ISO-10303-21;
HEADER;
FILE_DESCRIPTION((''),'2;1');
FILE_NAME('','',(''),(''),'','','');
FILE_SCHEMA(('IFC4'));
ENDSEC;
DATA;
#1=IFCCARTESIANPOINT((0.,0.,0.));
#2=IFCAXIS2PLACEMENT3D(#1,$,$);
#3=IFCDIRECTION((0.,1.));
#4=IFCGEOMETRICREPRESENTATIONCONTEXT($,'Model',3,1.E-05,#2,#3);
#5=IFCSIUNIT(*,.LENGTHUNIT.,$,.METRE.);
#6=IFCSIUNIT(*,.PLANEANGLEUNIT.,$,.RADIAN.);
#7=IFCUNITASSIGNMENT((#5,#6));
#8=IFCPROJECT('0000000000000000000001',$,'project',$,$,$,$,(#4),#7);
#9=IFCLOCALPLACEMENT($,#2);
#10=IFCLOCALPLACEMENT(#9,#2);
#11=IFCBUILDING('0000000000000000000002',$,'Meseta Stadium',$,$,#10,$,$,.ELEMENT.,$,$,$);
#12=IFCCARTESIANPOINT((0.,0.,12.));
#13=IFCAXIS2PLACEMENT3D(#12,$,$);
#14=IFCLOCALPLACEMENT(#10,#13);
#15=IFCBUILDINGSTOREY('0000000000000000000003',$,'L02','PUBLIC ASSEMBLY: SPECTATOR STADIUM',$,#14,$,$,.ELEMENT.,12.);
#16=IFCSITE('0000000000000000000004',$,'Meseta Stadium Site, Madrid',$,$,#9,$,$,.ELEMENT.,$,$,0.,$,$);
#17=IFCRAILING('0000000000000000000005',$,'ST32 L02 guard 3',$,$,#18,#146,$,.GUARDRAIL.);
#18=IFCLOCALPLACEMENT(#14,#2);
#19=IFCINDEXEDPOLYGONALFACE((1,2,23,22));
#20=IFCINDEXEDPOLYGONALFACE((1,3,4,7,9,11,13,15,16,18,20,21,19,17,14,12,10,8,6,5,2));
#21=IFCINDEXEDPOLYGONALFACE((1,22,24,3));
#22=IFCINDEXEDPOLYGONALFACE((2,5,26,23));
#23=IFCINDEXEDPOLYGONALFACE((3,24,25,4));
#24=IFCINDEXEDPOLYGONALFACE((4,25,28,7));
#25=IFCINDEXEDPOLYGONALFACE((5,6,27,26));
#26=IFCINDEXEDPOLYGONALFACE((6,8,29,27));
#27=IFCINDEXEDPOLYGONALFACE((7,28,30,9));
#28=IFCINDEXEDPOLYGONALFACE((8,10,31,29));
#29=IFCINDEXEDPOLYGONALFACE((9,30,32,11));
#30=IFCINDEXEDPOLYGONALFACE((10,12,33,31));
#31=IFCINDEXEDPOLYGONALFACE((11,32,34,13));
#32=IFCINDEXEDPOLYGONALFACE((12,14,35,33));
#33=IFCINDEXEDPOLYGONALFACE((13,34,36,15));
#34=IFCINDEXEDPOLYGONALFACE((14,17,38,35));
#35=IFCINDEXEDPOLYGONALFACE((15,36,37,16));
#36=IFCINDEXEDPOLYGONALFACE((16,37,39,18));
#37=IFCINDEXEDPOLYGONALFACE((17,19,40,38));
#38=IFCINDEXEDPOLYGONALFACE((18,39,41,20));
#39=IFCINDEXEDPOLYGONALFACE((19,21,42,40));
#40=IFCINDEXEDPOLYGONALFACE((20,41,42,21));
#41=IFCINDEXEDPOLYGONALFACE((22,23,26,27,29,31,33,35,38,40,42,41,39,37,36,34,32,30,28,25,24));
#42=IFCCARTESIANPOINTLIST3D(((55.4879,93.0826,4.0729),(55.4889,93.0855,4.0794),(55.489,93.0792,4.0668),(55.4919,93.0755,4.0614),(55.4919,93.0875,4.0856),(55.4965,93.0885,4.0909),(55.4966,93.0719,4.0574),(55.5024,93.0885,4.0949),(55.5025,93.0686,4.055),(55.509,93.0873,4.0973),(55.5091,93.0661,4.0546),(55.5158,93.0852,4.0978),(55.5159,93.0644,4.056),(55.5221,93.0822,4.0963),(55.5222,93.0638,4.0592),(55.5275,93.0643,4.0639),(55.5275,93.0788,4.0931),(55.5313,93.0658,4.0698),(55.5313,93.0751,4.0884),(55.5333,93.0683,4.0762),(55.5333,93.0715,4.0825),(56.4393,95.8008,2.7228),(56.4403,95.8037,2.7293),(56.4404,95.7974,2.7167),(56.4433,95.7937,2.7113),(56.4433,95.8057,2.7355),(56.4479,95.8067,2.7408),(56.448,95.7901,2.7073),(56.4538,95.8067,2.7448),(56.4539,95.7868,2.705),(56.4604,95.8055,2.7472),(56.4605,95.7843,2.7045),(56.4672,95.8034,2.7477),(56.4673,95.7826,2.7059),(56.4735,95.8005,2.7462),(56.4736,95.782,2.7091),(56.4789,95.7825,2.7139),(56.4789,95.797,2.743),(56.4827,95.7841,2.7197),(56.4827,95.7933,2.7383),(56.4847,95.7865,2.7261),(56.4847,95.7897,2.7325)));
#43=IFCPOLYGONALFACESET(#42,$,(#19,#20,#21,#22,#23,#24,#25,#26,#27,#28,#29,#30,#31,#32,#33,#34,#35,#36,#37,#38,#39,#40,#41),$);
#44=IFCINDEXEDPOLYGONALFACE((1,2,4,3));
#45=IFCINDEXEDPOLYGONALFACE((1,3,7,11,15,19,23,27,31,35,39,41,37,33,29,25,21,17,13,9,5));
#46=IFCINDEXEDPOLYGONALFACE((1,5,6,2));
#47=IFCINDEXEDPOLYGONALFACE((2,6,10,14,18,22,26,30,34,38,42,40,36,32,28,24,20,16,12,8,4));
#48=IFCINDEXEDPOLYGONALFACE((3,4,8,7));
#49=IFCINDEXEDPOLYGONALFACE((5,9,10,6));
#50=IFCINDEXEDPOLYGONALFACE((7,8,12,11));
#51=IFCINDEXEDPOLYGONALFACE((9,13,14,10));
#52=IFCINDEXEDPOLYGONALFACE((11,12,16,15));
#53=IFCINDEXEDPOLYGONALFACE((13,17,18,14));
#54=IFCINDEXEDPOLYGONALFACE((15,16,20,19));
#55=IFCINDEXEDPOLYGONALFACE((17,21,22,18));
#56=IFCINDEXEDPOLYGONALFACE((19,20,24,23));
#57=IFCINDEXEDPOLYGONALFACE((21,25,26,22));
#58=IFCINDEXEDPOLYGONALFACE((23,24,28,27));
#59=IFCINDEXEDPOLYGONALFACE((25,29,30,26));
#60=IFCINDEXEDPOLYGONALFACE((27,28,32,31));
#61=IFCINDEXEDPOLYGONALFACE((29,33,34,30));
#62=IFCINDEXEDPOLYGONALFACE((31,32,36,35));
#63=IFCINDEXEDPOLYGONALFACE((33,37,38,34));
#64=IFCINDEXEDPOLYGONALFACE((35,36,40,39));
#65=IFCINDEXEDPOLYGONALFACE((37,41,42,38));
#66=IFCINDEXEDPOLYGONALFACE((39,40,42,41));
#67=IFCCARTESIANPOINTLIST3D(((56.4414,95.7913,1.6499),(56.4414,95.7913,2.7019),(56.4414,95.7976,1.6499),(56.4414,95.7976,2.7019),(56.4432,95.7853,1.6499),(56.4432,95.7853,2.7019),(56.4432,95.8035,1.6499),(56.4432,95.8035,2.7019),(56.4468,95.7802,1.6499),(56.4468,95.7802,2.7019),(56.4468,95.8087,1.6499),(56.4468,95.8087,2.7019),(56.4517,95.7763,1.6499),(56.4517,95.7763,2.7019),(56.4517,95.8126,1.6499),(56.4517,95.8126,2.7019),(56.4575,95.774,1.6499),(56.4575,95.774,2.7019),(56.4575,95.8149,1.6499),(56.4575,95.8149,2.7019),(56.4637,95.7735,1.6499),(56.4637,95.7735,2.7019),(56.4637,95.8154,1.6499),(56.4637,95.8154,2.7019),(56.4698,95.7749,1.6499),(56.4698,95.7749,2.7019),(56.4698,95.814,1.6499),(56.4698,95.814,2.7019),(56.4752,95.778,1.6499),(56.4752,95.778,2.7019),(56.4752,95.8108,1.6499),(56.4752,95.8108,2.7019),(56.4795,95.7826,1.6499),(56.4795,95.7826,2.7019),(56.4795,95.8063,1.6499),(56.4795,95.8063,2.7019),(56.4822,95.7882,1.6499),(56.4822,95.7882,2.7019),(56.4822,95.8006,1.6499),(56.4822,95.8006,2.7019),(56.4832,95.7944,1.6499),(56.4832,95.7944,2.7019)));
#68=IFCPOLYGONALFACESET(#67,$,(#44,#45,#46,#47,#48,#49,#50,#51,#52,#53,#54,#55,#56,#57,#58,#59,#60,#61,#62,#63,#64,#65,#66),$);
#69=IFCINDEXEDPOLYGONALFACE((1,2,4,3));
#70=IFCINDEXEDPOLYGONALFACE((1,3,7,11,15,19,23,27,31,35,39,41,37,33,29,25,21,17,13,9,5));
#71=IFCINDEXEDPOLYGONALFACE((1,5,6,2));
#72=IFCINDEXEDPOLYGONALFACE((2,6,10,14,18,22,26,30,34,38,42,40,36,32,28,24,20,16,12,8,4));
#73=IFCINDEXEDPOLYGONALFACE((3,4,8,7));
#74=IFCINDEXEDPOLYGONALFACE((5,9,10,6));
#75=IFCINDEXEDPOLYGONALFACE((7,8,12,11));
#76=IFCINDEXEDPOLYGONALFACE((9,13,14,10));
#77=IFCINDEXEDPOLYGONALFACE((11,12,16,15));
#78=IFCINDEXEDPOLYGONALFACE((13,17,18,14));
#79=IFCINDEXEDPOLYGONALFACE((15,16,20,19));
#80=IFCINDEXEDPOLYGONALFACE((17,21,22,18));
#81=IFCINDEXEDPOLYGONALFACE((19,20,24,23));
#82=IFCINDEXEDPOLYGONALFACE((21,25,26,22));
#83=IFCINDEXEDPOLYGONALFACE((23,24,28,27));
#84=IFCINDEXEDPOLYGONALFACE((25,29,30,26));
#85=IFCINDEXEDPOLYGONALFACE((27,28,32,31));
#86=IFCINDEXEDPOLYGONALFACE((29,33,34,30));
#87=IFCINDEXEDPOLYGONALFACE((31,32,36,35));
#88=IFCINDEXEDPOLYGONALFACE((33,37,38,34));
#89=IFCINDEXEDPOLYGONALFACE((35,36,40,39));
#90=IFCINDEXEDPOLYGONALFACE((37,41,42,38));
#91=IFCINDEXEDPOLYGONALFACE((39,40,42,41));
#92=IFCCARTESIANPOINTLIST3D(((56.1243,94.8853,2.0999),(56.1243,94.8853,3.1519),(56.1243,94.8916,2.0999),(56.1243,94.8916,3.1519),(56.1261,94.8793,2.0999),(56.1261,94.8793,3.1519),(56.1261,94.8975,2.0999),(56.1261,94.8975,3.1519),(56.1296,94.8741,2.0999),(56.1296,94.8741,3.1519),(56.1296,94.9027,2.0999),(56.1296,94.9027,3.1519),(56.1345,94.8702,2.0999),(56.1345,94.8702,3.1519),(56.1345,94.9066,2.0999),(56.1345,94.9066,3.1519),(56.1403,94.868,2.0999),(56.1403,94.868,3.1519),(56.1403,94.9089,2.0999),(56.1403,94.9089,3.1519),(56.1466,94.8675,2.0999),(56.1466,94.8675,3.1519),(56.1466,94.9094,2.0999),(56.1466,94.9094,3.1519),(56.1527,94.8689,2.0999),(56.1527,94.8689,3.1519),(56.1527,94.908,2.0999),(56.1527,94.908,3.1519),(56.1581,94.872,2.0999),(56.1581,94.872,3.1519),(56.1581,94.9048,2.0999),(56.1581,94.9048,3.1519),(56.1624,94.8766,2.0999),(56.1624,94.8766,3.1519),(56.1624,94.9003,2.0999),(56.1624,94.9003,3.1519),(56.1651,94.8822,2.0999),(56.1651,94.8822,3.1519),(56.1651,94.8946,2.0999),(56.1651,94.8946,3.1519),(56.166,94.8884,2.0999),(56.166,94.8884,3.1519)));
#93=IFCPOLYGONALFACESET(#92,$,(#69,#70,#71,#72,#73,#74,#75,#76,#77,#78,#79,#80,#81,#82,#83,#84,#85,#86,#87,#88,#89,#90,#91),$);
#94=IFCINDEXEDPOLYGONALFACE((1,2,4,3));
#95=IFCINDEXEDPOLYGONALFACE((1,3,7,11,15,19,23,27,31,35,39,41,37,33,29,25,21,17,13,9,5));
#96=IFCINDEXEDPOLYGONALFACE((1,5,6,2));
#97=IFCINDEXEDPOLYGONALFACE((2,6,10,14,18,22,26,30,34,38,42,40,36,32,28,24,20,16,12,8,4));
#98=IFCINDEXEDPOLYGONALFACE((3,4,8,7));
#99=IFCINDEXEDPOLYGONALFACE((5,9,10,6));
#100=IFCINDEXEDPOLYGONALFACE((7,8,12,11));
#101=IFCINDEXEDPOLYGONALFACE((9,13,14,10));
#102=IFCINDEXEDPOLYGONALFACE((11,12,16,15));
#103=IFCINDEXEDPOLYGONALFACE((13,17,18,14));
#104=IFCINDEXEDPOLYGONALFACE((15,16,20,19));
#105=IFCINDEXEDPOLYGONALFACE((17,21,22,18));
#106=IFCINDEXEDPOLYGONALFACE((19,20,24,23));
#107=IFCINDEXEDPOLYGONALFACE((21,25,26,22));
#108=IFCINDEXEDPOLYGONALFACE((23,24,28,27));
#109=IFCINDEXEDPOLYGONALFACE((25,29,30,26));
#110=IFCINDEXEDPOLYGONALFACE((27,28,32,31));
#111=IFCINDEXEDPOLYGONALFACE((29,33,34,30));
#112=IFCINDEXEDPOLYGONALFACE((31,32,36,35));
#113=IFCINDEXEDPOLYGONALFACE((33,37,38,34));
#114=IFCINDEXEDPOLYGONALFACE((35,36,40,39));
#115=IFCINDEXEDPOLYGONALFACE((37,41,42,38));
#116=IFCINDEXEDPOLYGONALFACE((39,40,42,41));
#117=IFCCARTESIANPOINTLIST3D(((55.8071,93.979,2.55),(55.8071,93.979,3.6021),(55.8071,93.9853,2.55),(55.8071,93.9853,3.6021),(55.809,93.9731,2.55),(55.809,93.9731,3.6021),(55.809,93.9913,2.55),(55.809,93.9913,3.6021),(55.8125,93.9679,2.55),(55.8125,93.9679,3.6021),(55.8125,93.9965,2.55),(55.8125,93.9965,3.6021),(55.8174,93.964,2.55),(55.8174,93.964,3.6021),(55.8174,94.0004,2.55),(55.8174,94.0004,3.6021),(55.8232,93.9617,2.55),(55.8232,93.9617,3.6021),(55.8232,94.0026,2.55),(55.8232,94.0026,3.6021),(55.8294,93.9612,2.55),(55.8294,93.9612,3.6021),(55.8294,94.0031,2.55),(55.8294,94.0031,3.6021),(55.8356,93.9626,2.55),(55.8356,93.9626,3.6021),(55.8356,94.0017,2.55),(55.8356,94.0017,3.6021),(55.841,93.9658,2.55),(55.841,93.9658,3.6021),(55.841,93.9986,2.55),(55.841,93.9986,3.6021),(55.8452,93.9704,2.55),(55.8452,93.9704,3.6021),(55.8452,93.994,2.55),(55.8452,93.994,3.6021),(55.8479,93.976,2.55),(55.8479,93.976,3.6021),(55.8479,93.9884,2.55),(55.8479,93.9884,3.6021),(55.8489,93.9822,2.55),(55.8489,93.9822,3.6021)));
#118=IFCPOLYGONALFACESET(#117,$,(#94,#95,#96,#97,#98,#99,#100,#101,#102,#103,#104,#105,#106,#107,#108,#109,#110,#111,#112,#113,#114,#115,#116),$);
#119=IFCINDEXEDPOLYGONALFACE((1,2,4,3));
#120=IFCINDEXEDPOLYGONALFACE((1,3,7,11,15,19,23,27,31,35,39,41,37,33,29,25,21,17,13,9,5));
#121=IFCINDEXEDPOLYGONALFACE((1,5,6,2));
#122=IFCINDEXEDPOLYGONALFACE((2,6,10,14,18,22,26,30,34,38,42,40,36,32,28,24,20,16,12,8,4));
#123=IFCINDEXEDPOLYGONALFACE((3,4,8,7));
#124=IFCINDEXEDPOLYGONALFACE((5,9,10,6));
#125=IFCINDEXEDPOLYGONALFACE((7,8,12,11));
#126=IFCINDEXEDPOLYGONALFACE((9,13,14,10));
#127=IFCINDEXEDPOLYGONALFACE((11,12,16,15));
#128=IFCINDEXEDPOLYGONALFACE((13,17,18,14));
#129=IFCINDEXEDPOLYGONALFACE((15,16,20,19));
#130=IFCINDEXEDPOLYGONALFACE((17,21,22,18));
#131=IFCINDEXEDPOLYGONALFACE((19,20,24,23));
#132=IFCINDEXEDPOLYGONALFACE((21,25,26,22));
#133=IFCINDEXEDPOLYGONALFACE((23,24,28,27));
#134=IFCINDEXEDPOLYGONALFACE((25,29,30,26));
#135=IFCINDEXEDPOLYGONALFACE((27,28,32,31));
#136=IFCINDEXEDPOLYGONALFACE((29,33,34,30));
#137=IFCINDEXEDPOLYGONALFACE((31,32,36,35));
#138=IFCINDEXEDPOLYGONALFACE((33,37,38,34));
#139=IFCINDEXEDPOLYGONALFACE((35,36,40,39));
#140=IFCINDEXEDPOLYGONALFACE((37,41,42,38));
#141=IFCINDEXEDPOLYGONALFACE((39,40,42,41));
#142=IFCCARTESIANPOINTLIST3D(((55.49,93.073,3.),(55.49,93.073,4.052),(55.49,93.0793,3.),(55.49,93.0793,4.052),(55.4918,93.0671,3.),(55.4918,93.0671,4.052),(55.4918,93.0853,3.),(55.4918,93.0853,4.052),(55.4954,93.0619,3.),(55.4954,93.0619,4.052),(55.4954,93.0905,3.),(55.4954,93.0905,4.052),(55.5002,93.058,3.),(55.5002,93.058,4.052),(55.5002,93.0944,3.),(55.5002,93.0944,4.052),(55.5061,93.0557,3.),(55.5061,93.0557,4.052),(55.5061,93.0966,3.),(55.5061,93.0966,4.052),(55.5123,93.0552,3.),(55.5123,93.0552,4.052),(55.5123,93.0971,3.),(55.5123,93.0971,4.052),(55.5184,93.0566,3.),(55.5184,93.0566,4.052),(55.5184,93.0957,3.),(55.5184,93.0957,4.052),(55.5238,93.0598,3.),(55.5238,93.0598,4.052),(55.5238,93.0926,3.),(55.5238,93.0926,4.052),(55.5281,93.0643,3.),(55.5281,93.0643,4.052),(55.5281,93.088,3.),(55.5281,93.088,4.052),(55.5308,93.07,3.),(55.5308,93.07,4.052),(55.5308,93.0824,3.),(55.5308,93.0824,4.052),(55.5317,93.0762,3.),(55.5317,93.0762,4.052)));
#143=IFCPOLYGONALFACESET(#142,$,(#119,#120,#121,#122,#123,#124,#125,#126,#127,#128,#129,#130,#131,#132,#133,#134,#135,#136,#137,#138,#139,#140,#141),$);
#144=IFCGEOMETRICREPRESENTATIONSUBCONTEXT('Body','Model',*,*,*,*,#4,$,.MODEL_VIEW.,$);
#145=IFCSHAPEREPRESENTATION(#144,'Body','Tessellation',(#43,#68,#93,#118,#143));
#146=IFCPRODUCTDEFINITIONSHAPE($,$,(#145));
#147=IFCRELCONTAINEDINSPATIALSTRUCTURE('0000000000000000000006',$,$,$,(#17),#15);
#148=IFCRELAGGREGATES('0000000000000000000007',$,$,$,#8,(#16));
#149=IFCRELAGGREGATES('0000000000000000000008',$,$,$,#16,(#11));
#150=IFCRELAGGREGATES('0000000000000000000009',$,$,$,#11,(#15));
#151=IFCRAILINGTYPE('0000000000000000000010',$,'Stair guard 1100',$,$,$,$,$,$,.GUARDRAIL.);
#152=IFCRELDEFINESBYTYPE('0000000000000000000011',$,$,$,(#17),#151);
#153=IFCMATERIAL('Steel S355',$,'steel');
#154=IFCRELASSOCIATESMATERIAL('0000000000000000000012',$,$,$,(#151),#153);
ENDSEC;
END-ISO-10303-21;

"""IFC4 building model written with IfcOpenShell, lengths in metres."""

from ifc_helpers import new_model, si_unit, direction, frame, origin, origin_2d, place, context, subcontext, project, spatial, circle, extrude, material, type_object, element, save


model = new_model("IFC4")

# Units and contexts
model_context = context("Model", 3, precision=1e-05, world=origin(), true_north=direction((0.0, 1.0)))
body_context = subcontext(model_context, "Body", "Model", "MODEL_VIEW")
ifc_project = project(units=[si_unit("LENGTHUNIT", "METRE"), si_unit("PLANEANGLEUNIT", "RADIAN")], contexts=[model_context])

# Site, building, storey
site_placement = place(None, origin())
site = spatial("IfcSite", under=ifc_project, at=site_placement, Name="Meseta Stadium Site, Madrid", CompositionType="ELEMENT", RefElevation=0.0)
building_placement = place(site_placement, origin())
building = spatial("IfcBuilding", under=site, at=building_placement, Name="Meseta Stadium", CompositionType="ELEMENT")
storey_placement = place(building_placement, frame((0.0, 0.0, 12.0)))
storey = spatial("IfcBuildingStorey", under=building, at=storey_placement, Name="L02", Description="PUBLIC ASSEMBLY: SPECTATOR STADIUM", CompositionType="ELEMENT", Elevation=12.0)

# Railing
ifc_material_1 = material(Name="Steel S355", Category="steel")
railing_type_1 = type_object("IfcRailingType", Name="Stair guard 1100", PredefinedType="GUARDRAIL", material=ifc_material_1)
railing_1_placement = place(storey_placement, frame((56.4622, 95.7944, 1.6499)))
element("IfcRailing", 1, at=railing_1_placement, inside=storey, type_object=railing_type_1, Name="ST32 L02 guard 3", PredefinedType="GUARDRAIL", context=body_context, shape_type="SweptSolid", body=[
    extrude(circle(Radius=0.0239, at=origin_2d()), frame((0.0, 0.0, 1.0762), z_axis=(-0.299121, -0.854609, 0.424465), x_axis=(0.943856, -0.330358, 0.0)), (0.0, 0.0, 1.0), 3.1807),
    extrude(circle(Radius=0.021, at=origin_2d()), origin(), (0.0, 0.0, 1.0), 1.052),
    extrude(circle(Radius=0.021, at=origin_2d()), frame((-0.3171, -0.906, 0.45)), (0.0, 0.0, 1.0), 1.052),
    extrude(circle(Radius=0.021, at=origin_2d()), frame((-0.6343, -1.8123, 0.9001)), (0.0, 0.0, 1.0), 1.052),
    extrude(circle(Radius=0.021, at=origin_2d()), frame((-0.9514, -2.7183, 1.3501)), (0.0, 0.0, 1.0), 1.052),
])

save(model, "model.ifc")
